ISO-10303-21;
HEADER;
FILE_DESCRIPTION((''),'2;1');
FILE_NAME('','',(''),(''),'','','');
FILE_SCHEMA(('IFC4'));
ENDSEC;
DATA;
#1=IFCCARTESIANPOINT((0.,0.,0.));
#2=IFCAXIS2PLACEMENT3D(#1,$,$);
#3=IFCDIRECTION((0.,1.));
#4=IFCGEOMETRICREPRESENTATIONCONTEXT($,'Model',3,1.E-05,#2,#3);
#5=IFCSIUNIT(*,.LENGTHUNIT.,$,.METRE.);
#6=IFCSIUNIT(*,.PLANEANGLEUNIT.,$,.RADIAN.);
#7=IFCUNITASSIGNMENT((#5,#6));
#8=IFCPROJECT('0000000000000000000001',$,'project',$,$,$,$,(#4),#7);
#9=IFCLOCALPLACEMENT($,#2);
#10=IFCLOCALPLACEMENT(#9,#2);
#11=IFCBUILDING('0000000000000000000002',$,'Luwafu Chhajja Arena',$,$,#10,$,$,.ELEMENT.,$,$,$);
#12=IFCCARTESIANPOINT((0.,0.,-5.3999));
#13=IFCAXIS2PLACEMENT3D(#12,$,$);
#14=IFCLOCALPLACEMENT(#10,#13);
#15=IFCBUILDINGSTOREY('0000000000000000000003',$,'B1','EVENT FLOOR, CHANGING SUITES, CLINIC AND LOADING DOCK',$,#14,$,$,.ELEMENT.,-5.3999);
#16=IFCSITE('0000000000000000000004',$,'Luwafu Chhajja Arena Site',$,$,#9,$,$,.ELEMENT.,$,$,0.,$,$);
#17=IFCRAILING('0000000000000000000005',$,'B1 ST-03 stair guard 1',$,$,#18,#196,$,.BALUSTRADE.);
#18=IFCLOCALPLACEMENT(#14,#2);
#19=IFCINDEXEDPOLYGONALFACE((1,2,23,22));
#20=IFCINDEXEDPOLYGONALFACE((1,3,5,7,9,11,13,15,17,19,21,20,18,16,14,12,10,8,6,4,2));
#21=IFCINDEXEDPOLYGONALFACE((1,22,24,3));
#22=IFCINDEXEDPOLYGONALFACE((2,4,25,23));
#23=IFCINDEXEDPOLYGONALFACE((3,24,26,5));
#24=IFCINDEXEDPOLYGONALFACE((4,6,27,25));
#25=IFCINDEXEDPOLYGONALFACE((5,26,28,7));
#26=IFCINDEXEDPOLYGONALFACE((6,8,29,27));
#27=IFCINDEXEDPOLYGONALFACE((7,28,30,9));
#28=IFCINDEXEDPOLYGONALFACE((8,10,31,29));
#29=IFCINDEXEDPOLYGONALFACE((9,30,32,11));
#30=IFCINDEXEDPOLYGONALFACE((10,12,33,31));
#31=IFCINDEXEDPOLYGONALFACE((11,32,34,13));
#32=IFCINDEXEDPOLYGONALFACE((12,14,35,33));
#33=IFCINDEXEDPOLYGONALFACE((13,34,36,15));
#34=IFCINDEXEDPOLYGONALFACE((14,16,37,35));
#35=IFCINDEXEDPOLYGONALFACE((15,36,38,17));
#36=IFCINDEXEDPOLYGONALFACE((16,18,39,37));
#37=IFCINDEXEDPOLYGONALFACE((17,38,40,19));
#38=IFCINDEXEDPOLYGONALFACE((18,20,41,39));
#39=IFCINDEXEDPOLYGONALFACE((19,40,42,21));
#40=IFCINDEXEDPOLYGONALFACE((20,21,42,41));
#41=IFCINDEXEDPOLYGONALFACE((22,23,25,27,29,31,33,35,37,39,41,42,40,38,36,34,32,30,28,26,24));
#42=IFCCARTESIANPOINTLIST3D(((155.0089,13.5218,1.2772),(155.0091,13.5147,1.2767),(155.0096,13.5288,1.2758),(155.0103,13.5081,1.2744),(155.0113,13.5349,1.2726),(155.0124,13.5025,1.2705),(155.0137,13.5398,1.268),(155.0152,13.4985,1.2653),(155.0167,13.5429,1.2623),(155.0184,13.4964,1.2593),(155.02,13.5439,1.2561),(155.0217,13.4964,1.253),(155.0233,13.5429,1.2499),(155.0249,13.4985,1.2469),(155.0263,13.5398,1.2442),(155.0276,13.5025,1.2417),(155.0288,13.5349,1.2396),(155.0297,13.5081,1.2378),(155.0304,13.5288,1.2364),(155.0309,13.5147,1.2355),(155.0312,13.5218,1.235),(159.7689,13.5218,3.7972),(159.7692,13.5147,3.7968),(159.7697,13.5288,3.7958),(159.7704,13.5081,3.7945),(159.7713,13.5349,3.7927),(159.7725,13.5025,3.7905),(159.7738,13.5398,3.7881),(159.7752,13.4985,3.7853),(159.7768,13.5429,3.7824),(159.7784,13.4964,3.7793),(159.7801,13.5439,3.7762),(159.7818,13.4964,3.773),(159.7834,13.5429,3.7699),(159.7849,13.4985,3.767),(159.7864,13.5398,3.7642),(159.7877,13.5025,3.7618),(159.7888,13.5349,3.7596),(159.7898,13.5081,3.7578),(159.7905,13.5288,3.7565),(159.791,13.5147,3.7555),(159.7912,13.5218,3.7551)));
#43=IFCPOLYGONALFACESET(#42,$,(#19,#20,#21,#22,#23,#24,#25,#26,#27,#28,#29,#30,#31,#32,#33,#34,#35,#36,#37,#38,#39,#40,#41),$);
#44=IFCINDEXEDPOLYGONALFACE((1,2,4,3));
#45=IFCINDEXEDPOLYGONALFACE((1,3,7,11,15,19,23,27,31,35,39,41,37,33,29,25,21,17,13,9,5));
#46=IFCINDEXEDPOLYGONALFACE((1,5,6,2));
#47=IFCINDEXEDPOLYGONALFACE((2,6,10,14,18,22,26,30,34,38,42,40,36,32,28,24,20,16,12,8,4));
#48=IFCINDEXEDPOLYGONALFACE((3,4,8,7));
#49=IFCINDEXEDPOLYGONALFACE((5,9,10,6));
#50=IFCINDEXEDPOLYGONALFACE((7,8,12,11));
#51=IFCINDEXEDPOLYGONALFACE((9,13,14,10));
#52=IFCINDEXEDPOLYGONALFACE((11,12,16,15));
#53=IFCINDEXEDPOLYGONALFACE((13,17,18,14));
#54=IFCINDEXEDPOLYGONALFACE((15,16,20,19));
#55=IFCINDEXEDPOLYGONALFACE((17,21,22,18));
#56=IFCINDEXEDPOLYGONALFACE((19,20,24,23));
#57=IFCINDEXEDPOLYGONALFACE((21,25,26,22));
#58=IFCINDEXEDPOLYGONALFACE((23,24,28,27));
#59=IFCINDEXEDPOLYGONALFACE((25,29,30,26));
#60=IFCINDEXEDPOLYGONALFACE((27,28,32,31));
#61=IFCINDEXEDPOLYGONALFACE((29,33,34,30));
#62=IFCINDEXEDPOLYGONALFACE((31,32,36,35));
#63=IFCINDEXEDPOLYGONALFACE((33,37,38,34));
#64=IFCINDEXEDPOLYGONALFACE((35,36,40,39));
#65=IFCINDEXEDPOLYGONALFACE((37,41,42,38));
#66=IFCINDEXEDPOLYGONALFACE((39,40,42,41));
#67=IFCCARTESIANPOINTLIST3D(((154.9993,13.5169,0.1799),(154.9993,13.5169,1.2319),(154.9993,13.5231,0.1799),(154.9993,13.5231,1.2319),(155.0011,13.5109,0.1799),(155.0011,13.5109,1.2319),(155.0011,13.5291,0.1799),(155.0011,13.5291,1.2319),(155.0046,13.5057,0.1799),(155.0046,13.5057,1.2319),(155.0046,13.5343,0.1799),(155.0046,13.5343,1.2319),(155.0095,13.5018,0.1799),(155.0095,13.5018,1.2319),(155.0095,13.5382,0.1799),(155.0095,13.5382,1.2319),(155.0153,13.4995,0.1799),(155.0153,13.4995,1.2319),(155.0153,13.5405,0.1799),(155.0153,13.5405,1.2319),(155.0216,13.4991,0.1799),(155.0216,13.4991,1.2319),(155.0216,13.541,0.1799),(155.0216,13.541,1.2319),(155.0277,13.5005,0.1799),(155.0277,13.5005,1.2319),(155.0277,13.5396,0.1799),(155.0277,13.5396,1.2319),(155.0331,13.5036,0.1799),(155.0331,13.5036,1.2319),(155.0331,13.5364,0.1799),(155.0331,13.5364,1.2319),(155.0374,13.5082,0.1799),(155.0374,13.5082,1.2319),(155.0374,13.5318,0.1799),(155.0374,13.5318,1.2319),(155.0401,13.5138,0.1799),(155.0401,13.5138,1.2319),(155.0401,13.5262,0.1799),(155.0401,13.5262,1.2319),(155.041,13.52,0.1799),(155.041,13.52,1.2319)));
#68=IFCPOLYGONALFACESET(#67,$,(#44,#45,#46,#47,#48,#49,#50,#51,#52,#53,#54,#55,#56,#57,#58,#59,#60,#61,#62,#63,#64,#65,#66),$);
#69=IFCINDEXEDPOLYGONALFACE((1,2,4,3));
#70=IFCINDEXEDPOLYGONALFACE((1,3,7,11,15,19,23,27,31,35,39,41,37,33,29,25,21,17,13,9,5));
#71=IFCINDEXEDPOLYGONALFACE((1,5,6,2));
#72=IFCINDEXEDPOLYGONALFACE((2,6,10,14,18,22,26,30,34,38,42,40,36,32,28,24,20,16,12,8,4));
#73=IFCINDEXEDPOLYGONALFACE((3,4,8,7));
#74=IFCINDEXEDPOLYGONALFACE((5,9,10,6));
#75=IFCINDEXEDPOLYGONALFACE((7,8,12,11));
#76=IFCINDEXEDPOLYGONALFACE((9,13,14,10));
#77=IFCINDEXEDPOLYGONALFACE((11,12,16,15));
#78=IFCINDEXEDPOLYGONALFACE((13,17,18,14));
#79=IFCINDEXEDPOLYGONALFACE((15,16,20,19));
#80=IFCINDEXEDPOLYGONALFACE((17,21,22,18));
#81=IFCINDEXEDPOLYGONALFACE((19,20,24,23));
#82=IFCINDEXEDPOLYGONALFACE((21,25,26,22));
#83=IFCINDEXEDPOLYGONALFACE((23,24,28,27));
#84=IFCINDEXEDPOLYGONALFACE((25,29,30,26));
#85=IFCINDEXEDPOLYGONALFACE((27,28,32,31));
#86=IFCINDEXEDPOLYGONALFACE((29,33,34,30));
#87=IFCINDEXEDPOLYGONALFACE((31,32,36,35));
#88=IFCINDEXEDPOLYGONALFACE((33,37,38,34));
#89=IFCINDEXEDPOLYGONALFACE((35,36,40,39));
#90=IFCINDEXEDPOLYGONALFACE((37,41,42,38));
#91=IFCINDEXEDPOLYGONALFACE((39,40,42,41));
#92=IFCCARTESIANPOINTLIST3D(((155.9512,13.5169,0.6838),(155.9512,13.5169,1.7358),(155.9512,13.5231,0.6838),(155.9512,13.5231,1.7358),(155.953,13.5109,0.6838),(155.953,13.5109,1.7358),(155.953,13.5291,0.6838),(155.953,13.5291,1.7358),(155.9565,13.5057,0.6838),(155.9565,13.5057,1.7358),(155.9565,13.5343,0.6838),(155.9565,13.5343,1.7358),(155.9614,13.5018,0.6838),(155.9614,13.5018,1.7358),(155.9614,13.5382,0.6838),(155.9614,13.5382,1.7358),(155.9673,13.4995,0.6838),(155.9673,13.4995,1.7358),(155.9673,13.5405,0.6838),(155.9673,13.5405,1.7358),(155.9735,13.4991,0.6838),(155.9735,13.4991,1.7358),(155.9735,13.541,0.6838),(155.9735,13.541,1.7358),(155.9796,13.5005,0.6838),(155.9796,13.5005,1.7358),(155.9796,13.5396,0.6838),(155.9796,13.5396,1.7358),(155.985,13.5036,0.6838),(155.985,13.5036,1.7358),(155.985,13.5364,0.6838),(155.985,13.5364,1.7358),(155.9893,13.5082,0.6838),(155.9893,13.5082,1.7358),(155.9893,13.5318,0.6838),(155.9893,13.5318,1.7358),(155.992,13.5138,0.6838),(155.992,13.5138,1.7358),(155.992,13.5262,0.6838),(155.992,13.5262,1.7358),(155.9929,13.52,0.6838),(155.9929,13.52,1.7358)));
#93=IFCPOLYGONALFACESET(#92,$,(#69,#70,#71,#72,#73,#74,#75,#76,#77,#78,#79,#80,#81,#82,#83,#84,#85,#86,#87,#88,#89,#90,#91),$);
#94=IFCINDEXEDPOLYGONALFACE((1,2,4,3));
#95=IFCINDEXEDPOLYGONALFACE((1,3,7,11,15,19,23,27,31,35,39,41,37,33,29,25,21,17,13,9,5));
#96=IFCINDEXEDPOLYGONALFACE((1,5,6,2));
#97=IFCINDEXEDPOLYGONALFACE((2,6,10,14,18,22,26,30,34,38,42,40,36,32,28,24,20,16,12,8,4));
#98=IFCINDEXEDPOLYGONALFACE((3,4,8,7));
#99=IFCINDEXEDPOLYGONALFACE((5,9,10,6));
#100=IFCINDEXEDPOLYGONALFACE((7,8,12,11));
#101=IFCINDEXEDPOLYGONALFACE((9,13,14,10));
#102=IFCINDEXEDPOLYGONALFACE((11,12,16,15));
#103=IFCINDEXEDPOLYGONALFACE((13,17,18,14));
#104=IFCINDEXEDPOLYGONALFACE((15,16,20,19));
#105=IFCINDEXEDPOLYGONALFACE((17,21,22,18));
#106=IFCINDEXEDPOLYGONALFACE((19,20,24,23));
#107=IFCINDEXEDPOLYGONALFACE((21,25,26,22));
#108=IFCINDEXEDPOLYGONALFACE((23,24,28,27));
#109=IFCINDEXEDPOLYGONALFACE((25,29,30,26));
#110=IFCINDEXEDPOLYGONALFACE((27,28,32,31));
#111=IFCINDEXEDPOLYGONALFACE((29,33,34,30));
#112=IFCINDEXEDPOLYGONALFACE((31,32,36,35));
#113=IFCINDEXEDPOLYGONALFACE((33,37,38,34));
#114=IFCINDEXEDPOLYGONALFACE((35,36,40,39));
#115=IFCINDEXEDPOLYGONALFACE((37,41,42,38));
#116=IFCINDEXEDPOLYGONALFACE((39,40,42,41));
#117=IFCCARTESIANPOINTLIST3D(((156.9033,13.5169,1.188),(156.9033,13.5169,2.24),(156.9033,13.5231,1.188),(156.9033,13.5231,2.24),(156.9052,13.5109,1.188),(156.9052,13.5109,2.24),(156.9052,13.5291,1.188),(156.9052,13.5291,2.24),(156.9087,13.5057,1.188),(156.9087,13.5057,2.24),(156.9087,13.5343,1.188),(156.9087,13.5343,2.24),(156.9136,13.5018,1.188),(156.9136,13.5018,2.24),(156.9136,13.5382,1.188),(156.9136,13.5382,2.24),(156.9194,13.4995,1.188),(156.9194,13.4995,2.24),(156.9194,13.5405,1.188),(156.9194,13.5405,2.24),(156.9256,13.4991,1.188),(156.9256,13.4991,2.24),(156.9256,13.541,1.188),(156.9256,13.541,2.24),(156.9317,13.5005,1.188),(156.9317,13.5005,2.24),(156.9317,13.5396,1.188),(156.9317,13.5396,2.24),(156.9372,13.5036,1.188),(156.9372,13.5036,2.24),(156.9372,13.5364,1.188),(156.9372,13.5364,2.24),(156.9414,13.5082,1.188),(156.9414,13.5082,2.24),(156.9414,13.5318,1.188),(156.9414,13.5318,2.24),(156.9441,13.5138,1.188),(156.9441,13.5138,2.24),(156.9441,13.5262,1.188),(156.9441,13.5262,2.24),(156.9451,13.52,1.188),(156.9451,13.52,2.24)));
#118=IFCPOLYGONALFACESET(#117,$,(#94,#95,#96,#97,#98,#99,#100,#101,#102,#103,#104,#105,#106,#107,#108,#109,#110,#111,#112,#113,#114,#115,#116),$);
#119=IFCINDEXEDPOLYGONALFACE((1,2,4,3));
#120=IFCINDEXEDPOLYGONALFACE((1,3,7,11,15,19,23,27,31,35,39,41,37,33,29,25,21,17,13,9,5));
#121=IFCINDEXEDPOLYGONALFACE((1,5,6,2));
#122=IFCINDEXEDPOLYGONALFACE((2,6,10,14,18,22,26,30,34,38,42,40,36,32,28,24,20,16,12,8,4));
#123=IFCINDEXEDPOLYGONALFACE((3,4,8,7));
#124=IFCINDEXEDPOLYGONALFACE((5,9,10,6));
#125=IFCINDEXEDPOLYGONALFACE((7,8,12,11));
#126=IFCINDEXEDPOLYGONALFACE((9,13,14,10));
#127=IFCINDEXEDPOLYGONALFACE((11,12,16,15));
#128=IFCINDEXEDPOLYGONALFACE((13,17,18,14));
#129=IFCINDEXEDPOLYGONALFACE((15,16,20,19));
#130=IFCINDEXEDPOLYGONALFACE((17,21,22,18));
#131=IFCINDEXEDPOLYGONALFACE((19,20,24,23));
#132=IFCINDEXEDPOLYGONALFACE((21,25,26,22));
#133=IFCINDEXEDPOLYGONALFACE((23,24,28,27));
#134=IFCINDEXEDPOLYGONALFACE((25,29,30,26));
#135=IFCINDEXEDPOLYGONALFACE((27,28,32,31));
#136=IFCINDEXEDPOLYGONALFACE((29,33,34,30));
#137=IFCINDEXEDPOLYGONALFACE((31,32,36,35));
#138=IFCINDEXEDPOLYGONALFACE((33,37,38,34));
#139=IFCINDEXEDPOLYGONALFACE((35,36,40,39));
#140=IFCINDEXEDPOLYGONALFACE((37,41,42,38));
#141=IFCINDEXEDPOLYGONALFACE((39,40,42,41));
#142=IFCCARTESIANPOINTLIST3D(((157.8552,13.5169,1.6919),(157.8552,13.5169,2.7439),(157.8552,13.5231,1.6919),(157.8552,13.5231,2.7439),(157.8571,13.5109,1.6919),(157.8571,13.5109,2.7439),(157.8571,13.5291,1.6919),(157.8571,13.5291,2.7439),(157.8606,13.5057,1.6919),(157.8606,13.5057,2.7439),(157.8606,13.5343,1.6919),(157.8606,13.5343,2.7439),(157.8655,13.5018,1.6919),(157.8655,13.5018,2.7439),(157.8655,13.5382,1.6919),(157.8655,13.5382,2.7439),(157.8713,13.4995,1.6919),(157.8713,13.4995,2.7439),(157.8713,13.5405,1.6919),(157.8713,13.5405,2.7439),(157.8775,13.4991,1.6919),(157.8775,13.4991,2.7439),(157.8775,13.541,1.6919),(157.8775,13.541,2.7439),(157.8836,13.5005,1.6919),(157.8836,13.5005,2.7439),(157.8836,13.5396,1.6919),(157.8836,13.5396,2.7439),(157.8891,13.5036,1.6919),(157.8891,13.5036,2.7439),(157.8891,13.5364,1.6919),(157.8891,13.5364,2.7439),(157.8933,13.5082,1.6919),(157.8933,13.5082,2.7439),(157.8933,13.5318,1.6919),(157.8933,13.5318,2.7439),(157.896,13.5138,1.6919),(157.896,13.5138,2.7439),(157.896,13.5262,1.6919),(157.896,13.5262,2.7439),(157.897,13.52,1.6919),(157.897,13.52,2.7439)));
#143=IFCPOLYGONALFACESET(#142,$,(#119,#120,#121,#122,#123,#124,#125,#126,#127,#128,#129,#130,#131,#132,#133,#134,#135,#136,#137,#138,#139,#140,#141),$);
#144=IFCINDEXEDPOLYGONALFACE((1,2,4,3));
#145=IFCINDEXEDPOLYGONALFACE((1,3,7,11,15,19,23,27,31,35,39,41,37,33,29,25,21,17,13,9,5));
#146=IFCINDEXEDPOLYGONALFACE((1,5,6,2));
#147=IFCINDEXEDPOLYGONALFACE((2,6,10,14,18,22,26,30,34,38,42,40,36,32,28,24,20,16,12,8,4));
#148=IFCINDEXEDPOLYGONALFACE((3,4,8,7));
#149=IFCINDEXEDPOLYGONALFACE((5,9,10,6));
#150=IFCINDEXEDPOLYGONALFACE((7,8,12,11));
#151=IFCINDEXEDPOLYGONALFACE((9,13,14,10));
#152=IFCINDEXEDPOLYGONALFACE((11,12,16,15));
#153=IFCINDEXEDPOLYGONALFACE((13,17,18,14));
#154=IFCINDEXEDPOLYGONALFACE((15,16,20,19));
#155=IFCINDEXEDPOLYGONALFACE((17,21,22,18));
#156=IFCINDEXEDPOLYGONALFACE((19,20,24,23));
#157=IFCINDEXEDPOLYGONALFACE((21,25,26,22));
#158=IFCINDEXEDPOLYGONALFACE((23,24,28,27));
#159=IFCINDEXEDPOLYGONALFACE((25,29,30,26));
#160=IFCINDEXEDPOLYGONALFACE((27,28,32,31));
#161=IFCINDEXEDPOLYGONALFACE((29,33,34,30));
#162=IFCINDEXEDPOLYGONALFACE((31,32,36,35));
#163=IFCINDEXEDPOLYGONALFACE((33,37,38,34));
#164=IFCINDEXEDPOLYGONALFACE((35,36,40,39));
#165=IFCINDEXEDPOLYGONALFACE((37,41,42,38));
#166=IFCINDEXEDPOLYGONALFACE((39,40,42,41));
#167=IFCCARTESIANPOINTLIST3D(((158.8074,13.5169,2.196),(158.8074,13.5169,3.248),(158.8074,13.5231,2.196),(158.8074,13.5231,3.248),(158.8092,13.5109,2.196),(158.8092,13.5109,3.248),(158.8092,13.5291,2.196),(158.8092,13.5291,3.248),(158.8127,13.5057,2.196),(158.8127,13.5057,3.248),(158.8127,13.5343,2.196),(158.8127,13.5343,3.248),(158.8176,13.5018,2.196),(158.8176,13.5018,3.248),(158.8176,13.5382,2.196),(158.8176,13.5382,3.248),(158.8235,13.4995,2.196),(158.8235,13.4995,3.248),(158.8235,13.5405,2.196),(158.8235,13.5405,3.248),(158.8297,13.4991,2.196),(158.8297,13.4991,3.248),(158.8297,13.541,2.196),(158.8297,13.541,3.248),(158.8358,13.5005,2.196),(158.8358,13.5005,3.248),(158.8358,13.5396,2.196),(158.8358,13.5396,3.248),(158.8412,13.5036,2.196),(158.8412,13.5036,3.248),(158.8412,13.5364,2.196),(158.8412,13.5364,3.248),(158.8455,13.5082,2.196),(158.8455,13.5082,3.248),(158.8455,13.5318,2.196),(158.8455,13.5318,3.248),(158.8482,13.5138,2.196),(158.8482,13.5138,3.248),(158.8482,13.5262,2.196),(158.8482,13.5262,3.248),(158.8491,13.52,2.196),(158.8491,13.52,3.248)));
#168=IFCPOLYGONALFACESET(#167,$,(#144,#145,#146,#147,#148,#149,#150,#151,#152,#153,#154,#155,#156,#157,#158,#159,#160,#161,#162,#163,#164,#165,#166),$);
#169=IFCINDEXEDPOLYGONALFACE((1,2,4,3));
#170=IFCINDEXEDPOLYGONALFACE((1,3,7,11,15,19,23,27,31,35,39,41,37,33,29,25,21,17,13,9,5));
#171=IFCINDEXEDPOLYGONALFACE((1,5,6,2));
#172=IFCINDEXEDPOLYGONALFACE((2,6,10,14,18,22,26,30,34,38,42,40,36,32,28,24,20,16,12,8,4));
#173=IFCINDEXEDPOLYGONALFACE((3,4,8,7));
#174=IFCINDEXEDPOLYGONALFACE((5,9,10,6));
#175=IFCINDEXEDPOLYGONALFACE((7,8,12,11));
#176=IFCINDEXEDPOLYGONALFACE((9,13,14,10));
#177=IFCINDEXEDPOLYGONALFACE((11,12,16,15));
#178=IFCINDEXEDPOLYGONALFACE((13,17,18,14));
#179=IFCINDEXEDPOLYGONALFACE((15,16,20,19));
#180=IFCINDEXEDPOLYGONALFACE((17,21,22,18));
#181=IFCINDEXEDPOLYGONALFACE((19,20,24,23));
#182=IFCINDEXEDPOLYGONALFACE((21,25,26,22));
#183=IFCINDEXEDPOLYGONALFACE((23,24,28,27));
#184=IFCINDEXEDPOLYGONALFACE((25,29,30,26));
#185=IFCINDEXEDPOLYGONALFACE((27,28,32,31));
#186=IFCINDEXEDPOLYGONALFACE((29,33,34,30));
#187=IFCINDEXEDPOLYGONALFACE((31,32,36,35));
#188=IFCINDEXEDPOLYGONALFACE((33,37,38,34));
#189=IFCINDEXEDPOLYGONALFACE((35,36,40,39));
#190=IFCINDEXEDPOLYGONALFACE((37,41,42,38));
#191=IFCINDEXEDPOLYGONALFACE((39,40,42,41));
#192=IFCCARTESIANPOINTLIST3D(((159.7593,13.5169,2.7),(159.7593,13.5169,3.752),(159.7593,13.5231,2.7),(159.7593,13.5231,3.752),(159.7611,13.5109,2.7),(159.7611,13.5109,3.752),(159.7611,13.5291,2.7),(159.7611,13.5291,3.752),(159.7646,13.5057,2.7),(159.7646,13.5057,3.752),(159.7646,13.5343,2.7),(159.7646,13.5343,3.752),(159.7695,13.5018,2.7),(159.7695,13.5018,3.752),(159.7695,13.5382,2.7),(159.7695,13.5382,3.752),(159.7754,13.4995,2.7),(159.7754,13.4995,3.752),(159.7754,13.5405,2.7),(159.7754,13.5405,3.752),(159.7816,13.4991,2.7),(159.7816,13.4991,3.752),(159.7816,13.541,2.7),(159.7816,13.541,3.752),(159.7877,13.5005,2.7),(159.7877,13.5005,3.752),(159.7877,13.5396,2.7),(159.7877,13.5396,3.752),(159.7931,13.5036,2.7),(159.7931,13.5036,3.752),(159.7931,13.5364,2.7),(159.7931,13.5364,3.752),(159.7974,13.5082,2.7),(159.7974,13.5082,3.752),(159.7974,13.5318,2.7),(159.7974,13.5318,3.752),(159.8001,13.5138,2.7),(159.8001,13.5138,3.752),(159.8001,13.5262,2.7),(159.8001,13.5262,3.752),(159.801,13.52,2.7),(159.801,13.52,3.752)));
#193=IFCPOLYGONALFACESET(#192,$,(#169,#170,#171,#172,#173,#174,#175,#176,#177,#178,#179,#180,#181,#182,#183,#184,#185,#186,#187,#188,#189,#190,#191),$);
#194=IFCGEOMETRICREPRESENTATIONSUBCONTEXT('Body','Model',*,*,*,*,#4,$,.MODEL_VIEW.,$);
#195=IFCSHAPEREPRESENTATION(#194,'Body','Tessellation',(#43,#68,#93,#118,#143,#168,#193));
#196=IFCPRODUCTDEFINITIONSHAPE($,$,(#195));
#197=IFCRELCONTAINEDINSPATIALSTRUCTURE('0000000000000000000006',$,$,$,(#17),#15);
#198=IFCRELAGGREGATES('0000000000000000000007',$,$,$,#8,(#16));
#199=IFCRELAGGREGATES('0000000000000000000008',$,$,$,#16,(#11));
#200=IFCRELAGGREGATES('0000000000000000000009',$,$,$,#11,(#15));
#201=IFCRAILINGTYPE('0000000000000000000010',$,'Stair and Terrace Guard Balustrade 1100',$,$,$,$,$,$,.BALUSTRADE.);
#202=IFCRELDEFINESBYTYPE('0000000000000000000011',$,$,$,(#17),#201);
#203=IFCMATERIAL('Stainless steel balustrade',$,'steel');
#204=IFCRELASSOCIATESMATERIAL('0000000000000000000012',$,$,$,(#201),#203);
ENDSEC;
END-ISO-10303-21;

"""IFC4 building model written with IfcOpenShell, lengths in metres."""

from ifc_helpers import new_model, si_unit, direction, frame, origin, origin_2d, place, context, subcontext, project, spatial, circle, extrude, material, type_object, element, save


model = new_model("IFC4")

# Units and contexts
model_context = context("Model", 3, precision=1e-05, world=origin(), true_north=direction((0.0, 1.0)))
body_context = subcontext(model_context, "Body", "Model", "MODEL_VIEW")
ifc_project = project(units=[si_unit("LENGTHUNIT", "METRE"), si_unit("PLANEANGLEUNIT", "RADIAN")], contexts=[model_context])

# Site, building, storey
site_placement = place(None, origin())
site = spatial("IfcSite", under=ifc_project, at=site_placement, Name="Luwafu Chhajja Arena Site", CompositionType="ELEMENT", RefElevation=0.0)
building_placement = place(site_placement, origin())
building = spatial("IfcBuilding", under=site, at=building_placement, Name="Luwafu Chhajja Arena", CompositionType="ELEMENT")
storey_placement = place(building_placement, frame((0.0, 0.0, -5.3999)))
storey = spatial("IfcBuildingStorey", under=building, at=storey_placement, Name="B1", Description="EVENT FLOOR, CHANGING SUITES, CLINIC AND LOADING DOCK", CompositionType="ELEMENT", Elevation=-5.3999)

# Railing
ifc_material_1 = material(Name="Stainless steel balustrade", Category="steel")
railing_type_1 = type_object("IfcRailingType", Name="Stair and Terrace Guard Balustrade 1100", PredefinedType="BALUSTRADE", material=ifc_material_1)
railing_1_placement = place(storey_placement, frame((155.02, 13.52, 0.1799)))
element("IfcRailing", 1, at=railing_1_placement, inside=storey, type_object=railing_type_1, Name="B1 ST-03 stair guard 1", PredefinedType="BALUSTRADE", context=body_context, shape_type="SweptSolid", body=[
    extrude(circle(Radius=0.0239, at=origin_2d()), frame((0.0, 0.0, 1.0762), z_axis=(0.883787, 0.0, 0.46789), x_axis=(0.0, 1.0, 0.0)), (0.0, 0.0, 1.0), 5.386),
    extrude(circle(Radius=0.021, at=origin_2d()), origin(), (0.0, 0.0, 1.0), 1.052),
    extrude(circle(Radius=0.021, at=origin_2d()), frame((0.9519, 0.0, 0.5039)), (0.0, 0.0, 1.0), 1.052),
    extrude(circle(Radius=0.021, at=origin_2d()), frame((1.9041, 0.0, 1.0081)), (0.0, 0.0, 1.0), 1.052),
    extrude(circle(Radius=0.021, at=origin_2d()), frame((2.856, 0.0, 1.512)), (0.0, 0.0, 1.0), 1.052),
    extrude(circle(Radius=0.021, at=origin_2d()), frame((3.8081, 0.0, 2.0161)), (0.0, 0.0, 1.0), 1.052),
    extrude(circle(Radius=0.021, at=origin_2d()), frame((4.76, 0.0, 2.52)), (0.0, 0.0, 1.0), 1.052),
])

save(model, "model.ifc")
